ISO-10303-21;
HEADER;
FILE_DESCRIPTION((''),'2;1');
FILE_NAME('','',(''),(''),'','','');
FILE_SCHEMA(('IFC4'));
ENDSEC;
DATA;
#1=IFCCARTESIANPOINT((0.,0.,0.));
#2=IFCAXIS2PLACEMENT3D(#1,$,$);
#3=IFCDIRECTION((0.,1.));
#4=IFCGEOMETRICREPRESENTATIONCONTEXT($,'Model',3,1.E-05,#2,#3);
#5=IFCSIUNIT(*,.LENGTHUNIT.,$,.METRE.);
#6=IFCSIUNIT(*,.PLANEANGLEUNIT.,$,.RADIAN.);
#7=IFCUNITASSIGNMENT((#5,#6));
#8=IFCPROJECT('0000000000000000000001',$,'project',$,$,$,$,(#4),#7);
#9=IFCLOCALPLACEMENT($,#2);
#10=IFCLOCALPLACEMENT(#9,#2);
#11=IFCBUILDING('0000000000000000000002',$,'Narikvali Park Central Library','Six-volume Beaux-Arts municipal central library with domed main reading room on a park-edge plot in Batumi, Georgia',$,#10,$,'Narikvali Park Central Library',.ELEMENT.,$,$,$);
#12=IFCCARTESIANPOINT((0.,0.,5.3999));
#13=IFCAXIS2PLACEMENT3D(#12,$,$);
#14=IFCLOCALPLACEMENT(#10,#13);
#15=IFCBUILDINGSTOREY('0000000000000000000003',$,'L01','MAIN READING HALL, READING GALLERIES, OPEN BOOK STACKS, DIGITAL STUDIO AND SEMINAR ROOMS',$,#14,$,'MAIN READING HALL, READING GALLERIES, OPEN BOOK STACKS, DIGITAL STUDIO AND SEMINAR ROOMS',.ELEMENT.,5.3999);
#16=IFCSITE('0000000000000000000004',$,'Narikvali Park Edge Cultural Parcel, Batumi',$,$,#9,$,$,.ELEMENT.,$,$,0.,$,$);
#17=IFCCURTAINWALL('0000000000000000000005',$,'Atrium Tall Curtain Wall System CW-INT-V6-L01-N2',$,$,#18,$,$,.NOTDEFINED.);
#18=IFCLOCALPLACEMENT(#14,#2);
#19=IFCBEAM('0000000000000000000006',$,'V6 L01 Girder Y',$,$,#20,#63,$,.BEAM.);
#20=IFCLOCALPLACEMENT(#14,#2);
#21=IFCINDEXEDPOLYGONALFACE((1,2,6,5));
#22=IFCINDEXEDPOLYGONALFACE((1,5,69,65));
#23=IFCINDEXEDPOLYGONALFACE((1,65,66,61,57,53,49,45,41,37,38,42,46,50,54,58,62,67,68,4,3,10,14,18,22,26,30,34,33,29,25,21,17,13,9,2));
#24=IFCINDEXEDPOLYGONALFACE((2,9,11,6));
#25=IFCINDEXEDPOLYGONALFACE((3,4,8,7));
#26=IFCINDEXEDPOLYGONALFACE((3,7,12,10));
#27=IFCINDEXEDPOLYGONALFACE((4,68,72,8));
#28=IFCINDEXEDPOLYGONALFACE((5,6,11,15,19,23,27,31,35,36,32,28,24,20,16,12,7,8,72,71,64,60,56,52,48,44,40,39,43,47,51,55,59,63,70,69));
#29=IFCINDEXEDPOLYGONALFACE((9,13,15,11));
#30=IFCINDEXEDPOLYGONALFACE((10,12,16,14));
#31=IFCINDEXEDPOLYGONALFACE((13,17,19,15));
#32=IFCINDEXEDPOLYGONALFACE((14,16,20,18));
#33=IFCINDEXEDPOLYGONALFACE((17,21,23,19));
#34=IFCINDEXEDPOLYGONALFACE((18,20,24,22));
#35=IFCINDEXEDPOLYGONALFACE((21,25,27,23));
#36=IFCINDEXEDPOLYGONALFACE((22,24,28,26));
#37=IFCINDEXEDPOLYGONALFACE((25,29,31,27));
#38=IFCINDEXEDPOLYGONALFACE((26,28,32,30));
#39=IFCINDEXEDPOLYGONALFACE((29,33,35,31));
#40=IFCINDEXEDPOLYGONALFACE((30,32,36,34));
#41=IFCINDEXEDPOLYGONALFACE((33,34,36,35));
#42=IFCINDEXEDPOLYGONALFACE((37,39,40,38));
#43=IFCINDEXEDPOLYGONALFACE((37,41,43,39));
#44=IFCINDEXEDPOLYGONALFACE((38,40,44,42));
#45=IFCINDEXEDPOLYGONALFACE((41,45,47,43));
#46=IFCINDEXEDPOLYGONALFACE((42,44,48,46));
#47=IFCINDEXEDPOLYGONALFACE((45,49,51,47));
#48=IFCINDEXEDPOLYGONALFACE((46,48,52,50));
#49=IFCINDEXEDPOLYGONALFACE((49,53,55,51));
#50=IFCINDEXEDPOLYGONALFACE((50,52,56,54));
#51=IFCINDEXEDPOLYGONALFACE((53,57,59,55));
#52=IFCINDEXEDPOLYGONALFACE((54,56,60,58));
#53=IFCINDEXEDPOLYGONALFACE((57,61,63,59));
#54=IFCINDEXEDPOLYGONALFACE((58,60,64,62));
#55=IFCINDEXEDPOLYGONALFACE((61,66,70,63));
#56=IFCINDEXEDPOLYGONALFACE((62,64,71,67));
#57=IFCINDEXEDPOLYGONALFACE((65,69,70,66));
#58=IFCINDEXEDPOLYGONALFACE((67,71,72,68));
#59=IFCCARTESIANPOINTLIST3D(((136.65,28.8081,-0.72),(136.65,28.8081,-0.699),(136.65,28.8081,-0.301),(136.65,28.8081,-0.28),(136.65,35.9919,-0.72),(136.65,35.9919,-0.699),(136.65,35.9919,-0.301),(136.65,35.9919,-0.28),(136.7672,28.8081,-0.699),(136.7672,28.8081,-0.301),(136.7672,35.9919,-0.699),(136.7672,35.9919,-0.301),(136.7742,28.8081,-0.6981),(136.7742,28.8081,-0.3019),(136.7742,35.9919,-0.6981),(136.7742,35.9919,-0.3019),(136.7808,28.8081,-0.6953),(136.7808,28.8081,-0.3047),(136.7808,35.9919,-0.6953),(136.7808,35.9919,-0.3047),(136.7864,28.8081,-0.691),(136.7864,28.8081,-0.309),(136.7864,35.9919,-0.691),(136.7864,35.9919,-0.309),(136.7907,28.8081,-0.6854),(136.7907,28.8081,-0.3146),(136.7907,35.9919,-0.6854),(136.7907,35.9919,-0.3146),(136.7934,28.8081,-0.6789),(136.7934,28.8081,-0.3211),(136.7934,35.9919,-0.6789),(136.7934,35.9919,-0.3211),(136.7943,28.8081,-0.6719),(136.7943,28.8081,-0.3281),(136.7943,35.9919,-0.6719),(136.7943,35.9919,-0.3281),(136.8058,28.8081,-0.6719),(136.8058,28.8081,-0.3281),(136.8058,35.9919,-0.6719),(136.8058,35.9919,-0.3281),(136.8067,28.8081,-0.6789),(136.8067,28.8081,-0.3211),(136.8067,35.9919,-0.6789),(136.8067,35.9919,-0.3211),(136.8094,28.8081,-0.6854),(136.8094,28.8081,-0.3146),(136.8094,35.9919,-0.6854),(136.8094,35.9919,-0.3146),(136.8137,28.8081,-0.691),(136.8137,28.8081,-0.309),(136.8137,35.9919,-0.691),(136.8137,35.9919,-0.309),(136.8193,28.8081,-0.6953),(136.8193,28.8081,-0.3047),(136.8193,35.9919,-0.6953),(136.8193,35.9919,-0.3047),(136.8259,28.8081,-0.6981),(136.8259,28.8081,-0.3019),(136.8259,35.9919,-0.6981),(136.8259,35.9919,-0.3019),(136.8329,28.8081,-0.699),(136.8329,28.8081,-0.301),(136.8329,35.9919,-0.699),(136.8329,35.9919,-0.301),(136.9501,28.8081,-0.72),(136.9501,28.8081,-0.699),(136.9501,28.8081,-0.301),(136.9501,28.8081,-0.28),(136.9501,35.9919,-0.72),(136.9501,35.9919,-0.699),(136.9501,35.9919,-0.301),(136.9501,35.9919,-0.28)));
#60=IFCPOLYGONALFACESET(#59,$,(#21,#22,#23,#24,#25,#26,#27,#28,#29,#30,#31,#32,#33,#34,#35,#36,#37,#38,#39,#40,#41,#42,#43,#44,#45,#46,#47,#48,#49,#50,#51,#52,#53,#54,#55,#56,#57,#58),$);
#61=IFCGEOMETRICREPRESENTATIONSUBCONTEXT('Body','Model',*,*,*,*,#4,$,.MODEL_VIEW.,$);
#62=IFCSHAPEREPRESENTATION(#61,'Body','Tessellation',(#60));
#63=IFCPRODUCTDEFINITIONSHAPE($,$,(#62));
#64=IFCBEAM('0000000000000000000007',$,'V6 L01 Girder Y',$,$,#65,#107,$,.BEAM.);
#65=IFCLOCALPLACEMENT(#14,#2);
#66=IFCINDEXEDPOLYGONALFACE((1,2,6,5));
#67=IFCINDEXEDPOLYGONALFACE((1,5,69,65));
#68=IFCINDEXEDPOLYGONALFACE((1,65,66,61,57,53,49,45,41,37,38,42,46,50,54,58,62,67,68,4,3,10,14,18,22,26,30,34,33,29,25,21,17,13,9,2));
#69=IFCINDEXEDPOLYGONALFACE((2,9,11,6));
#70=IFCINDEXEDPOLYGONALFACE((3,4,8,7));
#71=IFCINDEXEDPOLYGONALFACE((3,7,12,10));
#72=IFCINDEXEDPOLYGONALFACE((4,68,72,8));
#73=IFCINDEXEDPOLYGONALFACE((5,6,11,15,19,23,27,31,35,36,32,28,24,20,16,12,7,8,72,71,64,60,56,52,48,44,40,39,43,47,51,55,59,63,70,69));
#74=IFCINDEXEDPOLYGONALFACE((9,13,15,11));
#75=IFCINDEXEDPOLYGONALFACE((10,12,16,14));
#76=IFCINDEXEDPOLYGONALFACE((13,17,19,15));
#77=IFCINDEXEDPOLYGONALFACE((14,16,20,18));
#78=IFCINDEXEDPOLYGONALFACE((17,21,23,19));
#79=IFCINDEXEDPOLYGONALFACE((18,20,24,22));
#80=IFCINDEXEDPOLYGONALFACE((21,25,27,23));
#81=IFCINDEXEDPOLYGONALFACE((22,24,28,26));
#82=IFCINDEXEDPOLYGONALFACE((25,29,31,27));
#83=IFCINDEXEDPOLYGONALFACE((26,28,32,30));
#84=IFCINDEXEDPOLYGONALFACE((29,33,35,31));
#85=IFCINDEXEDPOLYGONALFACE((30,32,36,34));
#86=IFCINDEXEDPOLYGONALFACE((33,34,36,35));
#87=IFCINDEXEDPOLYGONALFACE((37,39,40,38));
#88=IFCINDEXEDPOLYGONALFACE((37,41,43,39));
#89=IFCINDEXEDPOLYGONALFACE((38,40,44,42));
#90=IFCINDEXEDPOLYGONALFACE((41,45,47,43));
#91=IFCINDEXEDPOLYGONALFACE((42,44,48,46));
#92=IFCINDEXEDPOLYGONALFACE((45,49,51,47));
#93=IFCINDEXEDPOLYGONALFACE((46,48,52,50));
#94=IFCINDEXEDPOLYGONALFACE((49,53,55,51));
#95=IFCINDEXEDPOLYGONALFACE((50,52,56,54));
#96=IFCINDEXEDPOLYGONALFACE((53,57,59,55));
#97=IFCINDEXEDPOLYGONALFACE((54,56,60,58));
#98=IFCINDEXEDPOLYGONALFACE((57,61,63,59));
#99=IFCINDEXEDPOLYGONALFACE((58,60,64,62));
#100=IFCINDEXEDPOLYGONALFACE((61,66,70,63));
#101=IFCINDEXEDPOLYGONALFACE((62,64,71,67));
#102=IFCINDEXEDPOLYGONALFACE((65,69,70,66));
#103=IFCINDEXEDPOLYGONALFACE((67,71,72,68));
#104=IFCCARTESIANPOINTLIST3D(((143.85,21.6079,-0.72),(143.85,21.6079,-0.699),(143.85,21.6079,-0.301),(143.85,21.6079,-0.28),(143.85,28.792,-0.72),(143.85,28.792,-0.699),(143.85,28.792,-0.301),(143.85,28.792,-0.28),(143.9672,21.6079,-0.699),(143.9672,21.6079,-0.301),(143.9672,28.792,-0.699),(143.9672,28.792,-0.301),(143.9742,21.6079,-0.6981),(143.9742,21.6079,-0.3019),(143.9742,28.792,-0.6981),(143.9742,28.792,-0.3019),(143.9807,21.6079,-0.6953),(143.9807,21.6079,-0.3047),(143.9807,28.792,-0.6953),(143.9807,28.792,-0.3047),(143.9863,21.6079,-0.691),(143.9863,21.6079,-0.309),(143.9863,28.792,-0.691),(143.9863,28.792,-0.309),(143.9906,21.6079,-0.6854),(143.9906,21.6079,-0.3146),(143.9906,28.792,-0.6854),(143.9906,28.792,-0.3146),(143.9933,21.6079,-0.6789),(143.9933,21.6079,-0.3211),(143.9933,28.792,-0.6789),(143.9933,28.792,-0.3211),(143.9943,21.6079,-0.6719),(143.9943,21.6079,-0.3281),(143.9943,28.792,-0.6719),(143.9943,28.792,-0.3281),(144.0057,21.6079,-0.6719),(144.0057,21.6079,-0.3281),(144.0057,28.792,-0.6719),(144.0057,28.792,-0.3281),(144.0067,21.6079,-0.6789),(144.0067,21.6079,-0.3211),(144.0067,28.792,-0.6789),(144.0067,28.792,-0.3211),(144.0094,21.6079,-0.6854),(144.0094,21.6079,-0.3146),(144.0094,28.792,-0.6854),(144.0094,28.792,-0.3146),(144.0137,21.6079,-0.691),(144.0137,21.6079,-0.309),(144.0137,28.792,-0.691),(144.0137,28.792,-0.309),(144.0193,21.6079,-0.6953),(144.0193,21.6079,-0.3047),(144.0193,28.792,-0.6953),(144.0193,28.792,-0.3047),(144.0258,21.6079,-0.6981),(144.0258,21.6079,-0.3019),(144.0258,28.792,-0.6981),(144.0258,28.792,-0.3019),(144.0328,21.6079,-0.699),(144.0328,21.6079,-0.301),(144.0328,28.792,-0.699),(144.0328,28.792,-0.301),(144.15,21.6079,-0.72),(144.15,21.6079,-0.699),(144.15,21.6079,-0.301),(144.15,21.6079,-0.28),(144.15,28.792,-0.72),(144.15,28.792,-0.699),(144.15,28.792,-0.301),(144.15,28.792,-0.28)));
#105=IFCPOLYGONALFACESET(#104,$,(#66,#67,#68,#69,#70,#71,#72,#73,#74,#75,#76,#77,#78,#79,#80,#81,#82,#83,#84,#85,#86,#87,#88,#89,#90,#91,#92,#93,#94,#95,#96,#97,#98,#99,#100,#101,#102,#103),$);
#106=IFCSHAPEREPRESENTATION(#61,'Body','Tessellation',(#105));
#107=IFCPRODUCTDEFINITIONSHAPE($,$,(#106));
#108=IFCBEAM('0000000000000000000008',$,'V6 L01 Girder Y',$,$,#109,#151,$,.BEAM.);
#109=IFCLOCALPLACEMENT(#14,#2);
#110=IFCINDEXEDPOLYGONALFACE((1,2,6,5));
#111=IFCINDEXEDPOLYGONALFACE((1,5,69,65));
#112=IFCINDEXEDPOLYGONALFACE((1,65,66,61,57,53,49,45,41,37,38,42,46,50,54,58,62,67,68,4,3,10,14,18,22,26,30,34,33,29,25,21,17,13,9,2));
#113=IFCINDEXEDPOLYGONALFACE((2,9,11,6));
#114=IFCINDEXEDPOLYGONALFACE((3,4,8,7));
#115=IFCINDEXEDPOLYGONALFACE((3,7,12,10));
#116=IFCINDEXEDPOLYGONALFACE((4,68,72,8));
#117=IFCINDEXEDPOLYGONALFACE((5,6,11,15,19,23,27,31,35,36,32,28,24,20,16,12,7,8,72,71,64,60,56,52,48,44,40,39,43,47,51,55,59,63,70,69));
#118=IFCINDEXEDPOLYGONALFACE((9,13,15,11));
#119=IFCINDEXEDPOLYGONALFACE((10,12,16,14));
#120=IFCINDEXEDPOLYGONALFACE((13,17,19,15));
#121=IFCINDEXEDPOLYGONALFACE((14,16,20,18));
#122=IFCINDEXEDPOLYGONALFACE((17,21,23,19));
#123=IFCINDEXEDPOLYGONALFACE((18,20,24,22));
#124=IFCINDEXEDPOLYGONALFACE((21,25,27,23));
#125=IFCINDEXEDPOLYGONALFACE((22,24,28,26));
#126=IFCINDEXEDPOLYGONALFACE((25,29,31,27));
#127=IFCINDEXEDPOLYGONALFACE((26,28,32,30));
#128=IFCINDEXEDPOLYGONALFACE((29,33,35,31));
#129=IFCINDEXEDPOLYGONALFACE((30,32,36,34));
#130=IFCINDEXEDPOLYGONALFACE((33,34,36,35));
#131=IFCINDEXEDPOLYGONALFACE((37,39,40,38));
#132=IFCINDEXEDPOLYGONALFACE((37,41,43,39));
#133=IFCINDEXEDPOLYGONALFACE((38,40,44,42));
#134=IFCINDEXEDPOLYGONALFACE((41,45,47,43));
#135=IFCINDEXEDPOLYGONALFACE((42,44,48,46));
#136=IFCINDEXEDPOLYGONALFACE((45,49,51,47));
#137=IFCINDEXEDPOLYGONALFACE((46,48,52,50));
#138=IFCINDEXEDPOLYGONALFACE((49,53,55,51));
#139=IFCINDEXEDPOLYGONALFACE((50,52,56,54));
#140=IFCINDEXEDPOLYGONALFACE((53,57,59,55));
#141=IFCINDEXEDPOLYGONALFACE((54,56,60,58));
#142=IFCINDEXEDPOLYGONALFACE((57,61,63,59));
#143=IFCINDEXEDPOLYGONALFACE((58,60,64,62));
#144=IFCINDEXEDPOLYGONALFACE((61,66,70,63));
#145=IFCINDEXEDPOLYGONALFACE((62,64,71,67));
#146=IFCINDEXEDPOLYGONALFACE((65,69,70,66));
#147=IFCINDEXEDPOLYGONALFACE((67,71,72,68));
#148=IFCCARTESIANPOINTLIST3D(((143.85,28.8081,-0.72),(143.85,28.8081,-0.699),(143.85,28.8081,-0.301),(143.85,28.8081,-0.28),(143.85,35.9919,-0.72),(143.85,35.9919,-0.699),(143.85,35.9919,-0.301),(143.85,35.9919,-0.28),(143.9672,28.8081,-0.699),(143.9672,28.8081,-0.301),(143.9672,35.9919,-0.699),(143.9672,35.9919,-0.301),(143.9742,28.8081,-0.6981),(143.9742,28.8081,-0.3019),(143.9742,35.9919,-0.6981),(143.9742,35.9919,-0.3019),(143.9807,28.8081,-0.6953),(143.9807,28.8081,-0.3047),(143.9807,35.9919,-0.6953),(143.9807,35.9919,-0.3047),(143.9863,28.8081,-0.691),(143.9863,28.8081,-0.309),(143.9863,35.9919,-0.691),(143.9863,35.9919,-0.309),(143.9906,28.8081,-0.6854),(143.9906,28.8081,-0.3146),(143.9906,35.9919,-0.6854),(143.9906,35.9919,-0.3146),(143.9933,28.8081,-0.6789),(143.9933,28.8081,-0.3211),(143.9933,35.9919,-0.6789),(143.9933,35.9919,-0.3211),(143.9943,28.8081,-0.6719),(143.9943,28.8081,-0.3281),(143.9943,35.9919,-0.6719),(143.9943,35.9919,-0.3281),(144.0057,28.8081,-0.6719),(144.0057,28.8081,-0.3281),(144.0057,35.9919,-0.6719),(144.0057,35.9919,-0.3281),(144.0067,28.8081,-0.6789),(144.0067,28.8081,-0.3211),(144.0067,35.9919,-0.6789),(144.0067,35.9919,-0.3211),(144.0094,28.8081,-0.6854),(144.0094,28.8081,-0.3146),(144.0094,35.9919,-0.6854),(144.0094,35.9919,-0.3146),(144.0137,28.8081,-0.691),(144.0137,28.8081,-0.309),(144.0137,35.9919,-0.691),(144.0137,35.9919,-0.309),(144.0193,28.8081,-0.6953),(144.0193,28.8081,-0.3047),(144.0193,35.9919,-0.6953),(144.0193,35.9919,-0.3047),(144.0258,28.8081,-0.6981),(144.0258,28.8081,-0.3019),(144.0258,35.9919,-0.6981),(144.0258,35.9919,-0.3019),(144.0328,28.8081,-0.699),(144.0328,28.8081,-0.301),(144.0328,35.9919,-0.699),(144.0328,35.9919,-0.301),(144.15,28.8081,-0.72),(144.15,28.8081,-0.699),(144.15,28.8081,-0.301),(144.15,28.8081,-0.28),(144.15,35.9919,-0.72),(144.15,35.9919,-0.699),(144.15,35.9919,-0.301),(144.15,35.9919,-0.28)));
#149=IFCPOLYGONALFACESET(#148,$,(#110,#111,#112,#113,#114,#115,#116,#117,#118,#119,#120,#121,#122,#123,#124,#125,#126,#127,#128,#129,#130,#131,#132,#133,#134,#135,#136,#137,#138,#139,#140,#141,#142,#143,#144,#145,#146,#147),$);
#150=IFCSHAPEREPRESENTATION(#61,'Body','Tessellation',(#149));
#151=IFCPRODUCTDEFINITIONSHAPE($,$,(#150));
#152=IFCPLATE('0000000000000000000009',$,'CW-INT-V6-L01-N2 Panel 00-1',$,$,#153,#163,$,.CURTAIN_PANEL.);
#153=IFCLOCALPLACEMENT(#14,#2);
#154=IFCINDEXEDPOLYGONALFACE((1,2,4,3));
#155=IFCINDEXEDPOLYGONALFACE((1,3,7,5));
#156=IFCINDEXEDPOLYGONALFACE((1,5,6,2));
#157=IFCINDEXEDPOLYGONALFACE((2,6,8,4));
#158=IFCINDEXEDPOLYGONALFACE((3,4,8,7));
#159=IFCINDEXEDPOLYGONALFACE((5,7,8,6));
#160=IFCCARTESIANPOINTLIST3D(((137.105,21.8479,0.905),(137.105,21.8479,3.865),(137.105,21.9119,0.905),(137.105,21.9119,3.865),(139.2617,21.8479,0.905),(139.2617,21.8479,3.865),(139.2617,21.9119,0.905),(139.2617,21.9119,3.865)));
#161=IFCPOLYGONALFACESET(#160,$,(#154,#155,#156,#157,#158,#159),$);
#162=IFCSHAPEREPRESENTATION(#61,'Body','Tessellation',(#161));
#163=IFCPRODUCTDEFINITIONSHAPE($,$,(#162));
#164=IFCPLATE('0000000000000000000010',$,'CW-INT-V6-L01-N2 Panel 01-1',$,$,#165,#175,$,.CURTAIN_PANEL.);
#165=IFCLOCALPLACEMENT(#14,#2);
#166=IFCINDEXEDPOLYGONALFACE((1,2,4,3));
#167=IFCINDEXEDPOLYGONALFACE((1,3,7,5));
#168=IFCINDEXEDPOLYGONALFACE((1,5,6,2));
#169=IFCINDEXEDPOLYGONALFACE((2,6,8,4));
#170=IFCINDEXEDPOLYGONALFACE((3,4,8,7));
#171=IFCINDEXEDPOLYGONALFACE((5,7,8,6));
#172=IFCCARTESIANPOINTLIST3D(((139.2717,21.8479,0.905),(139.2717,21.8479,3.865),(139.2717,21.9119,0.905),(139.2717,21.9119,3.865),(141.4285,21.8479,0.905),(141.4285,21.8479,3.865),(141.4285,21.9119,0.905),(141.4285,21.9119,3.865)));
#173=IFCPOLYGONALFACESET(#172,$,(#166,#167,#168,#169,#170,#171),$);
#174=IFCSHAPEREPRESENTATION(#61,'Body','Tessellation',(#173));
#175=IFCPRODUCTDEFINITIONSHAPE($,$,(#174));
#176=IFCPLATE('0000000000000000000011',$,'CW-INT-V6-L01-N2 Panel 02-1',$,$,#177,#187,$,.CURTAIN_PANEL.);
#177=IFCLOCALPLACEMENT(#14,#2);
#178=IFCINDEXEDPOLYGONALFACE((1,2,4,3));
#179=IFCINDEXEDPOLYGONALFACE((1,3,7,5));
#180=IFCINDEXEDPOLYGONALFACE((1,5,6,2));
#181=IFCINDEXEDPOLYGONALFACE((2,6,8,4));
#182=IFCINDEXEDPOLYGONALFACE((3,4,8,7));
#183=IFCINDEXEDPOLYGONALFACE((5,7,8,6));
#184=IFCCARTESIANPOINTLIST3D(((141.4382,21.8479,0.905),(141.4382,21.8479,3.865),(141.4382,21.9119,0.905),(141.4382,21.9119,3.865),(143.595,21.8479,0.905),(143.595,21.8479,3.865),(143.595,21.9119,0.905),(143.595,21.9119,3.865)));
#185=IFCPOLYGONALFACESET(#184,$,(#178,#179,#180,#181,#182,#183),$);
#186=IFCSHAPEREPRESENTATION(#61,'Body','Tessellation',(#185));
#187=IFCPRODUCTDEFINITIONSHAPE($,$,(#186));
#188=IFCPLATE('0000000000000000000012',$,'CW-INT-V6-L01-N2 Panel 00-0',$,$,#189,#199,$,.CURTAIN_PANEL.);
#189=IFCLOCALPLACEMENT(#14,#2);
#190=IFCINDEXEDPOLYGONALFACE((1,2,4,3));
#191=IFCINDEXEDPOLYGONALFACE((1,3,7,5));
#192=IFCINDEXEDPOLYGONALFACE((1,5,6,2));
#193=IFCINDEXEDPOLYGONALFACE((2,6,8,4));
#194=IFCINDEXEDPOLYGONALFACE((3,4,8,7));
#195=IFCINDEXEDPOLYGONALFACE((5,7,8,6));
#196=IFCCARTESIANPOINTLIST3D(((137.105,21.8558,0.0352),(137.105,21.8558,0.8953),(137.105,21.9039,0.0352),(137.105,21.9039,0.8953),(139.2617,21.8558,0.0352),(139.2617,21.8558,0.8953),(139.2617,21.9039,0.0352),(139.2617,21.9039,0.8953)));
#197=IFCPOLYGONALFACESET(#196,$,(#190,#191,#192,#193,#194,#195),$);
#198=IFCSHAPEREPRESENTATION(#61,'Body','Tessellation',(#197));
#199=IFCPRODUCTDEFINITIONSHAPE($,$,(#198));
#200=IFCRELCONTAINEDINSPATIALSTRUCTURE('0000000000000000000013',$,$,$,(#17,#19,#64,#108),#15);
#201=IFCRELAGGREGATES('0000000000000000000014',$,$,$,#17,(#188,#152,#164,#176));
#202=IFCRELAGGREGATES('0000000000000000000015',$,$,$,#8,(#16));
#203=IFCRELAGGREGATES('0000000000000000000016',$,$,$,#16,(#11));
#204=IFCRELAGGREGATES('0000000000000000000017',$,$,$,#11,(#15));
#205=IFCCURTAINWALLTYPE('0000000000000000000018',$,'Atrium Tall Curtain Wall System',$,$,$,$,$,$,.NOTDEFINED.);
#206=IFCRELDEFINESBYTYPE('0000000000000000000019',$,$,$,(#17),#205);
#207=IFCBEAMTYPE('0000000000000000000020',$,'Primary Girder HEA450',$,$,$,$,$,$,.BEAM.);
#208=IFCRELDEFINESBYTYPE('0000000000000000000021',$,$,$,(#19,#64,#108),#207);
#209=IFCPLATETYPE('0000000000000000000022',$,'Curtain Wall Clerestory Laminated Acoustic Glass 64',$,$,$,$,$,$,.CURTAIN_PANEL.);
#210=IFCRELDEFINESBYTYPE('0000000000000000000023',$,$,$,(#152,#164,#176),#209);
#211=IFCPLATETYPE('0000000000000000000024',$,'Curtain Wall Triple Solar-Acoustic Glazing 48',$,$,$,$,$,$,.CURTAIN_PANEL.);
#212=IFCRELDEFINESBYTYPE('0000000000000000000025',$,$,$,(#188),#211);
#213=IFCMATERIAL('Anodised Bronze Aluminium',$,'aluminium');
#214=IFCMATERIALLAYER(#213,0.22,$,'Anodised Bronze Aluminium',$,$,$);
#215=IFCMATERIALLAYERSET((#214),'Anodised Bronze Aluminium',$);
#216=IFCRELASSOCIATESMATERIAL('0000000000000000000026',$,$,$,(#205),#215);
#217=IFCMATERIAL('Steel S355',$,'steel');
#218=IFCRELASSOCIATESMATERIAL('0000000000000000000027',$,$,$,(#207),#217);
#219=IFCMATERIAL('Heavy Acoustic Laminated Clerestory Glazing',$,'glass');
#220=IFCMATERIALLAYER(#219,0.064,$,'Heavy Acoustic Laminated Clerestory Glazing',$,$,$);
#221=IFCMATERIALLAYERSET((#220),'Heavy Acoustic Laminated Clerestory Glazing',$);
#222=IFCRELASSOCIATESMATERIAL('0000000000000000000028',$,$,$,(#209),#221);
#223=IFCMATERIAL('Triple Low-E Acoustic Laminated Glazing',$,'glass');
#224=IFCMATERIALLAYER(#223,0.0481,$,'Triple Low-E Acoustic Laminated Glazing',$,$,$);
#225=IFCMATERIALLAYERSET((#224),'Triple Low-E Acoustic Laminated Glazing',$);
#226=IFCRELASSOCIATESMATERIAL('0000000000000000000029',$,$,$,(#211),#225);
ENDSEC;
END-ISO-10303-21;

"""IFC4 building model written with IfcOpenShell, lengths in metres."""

from ifc_helpers import new_model, si_unit, direction, frame, origin, origin_2d, place, context, subcontext, project, spatial, rectangle, i_section, extrude, material, layer, layer_set, material_profile, profile_set, type_object, element, aggregate, save


model = new_model("IFC4")

# Units and contexts
model_context = context("Model", 3, precision=1e-05, world=origin(), true_north=direction((0.0, 1.0)))
body_context = subcontext(model_context, "Body", "Model", "MODEL_VIEW")
ifc_project = project(units=[si_unit("LENGTHUNIT", "METRE"), si_unit("PLANEANGLEUNIT", "RADIAN")], contexts=[model_context])

# Site, building, storey
site_placement = place(None, origin())
site = spatial("IfcSite", under=ifc_project, at=site_placement, Name="Narikvali Park Edge Cultural Parcel, Batumi", CompositionType="ELEMENT", RefElevation=0.0)
building_placement = place(site_placement, origin())
building = spatial("IfcBuilding", under=site, at=building_placement, Name="Narikvali Park Central Library", Description="Six-volume Beaux-Arts municipal central library with domed main reading room on a park-edge plot in Batumi, Georgia", LongName="Narikvali Park Central Library", CompositionType="ELEMENT")
storey_placement = place(building_placement, frame((0.0, 0.0, 5.3999)))
storey = spatial("IfcBuildingStorey", under=building, at=storey_placement, Name="L01", Description="MAIN READING HALL, READING GALLERIES, OPEN BOOK STACKS, DIGITAL STUDIO AND SEMINAR ROOMS", LongName="MAIN READING HALL, READING GALLERIES, OPEN BOOK STACKS, DIGITAL STUDIO AND SEMINAR ROOMS", CompositionType="ELEMENT", Elevation=5.3999)

# Shared definitions
ifc_material_1 = material(Name="Steel S355", Category="steel")

# Curtain wall
ifc_material_2 = material(Name="Anodised Bronze Aluminium", Category="aluminium")
ifc_layer_1 = layer(ifc_material_2, 0.22, Name="Anodised Bronze Aluminium")
ifc_layer_set_1 = layer_set([ifc_layer_1], Name="Anodised Bronze Aluminium")
curtain_wall_type = type_object("IfcCurtainWallType", Name="Atrium Tall Curtain Wall System", PredefinedType="NOTDEFINED", material=ifc_layer_set_1)
curtain_wall_placement = place(storey_placement, origin())
curtain_wall = element("IfcCurtainWall", 1, at=curtain_wall_placement, inside=storey, type_object=curtain_wall_type, Name="Atrium Tall Curtain Wall System CW-INT-V6-L01-N2", PredefinedType="NOTDEFINED")

# Beams
ifc_material_profile_1 = material_profile(ifc_material_1, i_section(OverallWidth=0.3, OverallDepth=0.4399, WebThickness=0.0115, FlangeThickness=0.021, FilletRadius=0.0271, at=origin_2d()), Name="HEA 450")
ifc_profile_set_1 = profile_set([ifc_material_profile_1], Name="Steel S355")
beam_type_1 = type_object("IfcBeamType", Name="Primary Girder HEA450", PredefinedType="BEAM", material=ifc_profile_set_1)
beam_1_placement = place(storey_placement, frame((136.8, 28.8081, -0.5), z_axis=(0.0, 1.0, 0.0), x_axis=(-1.0, 0.0, 0.0)))
element("IfcBeam", 2, at=beam_1_placement, inside=storey, type_object=beam_type_1, Name="V6 L01 Girder Y", PredefinedType="BEAM", context=body_context, shape_type="SweptSolid", body=[
    extrude(i_section(OverallWidth=0.3, OverallDepth=0.4399, WebThickness=0.0115, FlangeThickness=0.021, FilletRadius=0.0271, at=origin_2d()), origin(), (0.0, 0.0, 1.0), 7.1838),
])
beam_2_placement = place(storey_placement, frame((144.0, 21.6079, -0.5), z_axis=(0.0, 1.0, 0.0), x_axis=(-1.0, 0.0, 0.0)))
element("IfcBeam", 3, at=beam_2_placement, inside=storey, type_object=beam_type_1, Name="V6 L01 Girder Y", PredefinedType="BEAM", context=body_context, shape_type="SweptSolid", body=[
    extrude(i_section(OverallWidth=0.3, OverallDepth=0.4399, WebThickness=0.0115, FlangeThickness=0.021, FilletRadius=0.0271, at=origin_2d()), origin(), (0.0, 0.0, 1.0), 7.1841),
])
beam_3_placement = place(storey_placement, frame((144.0, 28.8081, -0.5), z_axis=(0.0, 1.0, 0.0), x_axis=(-1.0, 0.0, 0.0)))
element("IfcBeam", 4, at=beam_3_placement, inside=storey, type_object=beam_type_1, Name="V6 L01 Girder Y", PredefinedType="BEAM", context=body_context, shape_type="SweptSolid", body=[
    extrude(i_section(OverallWidth=0.3, OverallDepth=0.4399, WebThickness=0.0115, FlangeThickness=0.021, FilletRadius=0.0271, at=origin_2d()), origin(), (0.0, 0.0, 1.0), 7.1838),
])

# Plates
ifc_material_3 = material(Name="Heavy Acoustic Laminated Clerestory Glazing", Category="glass")
ifc_layer_2 = layer(ifc_material_3, 0.064, Name="Heavy Acoustic Laminated Clerestory Glazing")
ifc_layer_set_2 = layer_set([ifc_layer_2], Name="Heavy Acoustic Laminated Clerestory Glazing")
plate_type_1 = type_object("IfcPlateType", Name="Curtain Wall Clerestory Laminated Acoustic Glass 64", PredefinedType="CURTAIN_PANEL", material=ifc_layer_set_2)
plate_1_placement = place(storey_placement, frame((138.1833, 21.8799, 0.905), z_axis=(0.0, 0.0, 1.0), x_axis=(1.0, 0.0, 0.0)))
plate_1 = element("IfcPlate", 5, at=plate_1_placement, type_object=plate_type_1, Name="CW-INT-V6-L01-N2 Panel 00-1", PredefinedType="CURTAIN_PANEL", context=body_context, shape_type="SweptSolid", body=[
    extrude(rectangle(XDim=2.1567, YDim=0.064, at=origin_2d()), origin(), (0.0, 0.0, 1.0), 2.96),
])
plate_2_placement = place(storey_placement, frame((140.3501, 21.8799, 0.905), z_axis=(0.0, 0.0, 1.0), x_axis=(1.0, 0.0, 0.0)))
plate_2 = element("IfcPlate", 6, at=plate_2_placement, type_object=plate_type_1, Name="CW-INT-V6-L01-N2 Panel 01-1", PredefinedType="CURTAIN_PANEL", context=body_context, shape_type="SweptSolid", body=[
    extrude(rectangle(XDim=2.1567, YDim=0.064, at=origin_2d()), origin(), (0.0, 0.0, 1.0), 2.96),
])
plate_3_placement = place(storey_placement, frame((142.5166, 21.8799, 0.905), z_axis=(0.0, 0.0, 1.0), x_axis=(1.0, 0.0, 0.0)))
plate_3 = element("IfcPlate", 7, at=plate_3_placement, type_object=plate_type_1, Name="CW-INT-V6-L01-N2 Panel 02-1", PredefinedType="CURTAIN_PANEL", context=body_context, shape_type="SweptSolid", body=[
    extrude(rectangle(XDim=2.1567, YDim=0.064, at=origin_2d()), origin(), (0.0, 0.0, 1.0), 2.96),
])
ifc_material_4 = material(Name="Triple Low-E Acoustic Laminated Glazing", Category="glass")
ifc_layer_3 = layer(ifc_material_4, 0.0481, Name="Triple Low-E Acoustic Laminated Glazing")
ifc_layer_set_3 = layer_set([ifc_layer_3], Name="Triple Low-E Acoustic Laminated Glazing")
plate_type_2 = type_object("IfcPlateType", Name="Curtain Wall Triple Solar-Acoustic Glazing 48", PredefinedType="CURTAIN_PANEL", material=ifc_layer_set_3)
plate_4_placement = place(storey_placement, frame((138.1833, 21.8799, 0.0352), z_axis=(0.0, 0.0, 1.0), x_axis=(1.0, 0.0, 0.0)))
plate_4 = element("IfcPlate", 8, at=plate_4_placement, type_object=plate_type_2, Name="CW-INT-V6-L01-N2 Panel 00-0", PredefinedType="CURTAIN_PANEL", context=body_context, shape_type="SweptSolid", body=[
    extrude(rectangle(XDim=2.1567, YDim=0.0481, at=origin_2d()), origin(), (0.0, 0.0, 1.0), 0.8601),
])
aggregate(curtain_wall, [plate_4, plate_1, plate_2, plate_3])

save(model, "model.ifc")
